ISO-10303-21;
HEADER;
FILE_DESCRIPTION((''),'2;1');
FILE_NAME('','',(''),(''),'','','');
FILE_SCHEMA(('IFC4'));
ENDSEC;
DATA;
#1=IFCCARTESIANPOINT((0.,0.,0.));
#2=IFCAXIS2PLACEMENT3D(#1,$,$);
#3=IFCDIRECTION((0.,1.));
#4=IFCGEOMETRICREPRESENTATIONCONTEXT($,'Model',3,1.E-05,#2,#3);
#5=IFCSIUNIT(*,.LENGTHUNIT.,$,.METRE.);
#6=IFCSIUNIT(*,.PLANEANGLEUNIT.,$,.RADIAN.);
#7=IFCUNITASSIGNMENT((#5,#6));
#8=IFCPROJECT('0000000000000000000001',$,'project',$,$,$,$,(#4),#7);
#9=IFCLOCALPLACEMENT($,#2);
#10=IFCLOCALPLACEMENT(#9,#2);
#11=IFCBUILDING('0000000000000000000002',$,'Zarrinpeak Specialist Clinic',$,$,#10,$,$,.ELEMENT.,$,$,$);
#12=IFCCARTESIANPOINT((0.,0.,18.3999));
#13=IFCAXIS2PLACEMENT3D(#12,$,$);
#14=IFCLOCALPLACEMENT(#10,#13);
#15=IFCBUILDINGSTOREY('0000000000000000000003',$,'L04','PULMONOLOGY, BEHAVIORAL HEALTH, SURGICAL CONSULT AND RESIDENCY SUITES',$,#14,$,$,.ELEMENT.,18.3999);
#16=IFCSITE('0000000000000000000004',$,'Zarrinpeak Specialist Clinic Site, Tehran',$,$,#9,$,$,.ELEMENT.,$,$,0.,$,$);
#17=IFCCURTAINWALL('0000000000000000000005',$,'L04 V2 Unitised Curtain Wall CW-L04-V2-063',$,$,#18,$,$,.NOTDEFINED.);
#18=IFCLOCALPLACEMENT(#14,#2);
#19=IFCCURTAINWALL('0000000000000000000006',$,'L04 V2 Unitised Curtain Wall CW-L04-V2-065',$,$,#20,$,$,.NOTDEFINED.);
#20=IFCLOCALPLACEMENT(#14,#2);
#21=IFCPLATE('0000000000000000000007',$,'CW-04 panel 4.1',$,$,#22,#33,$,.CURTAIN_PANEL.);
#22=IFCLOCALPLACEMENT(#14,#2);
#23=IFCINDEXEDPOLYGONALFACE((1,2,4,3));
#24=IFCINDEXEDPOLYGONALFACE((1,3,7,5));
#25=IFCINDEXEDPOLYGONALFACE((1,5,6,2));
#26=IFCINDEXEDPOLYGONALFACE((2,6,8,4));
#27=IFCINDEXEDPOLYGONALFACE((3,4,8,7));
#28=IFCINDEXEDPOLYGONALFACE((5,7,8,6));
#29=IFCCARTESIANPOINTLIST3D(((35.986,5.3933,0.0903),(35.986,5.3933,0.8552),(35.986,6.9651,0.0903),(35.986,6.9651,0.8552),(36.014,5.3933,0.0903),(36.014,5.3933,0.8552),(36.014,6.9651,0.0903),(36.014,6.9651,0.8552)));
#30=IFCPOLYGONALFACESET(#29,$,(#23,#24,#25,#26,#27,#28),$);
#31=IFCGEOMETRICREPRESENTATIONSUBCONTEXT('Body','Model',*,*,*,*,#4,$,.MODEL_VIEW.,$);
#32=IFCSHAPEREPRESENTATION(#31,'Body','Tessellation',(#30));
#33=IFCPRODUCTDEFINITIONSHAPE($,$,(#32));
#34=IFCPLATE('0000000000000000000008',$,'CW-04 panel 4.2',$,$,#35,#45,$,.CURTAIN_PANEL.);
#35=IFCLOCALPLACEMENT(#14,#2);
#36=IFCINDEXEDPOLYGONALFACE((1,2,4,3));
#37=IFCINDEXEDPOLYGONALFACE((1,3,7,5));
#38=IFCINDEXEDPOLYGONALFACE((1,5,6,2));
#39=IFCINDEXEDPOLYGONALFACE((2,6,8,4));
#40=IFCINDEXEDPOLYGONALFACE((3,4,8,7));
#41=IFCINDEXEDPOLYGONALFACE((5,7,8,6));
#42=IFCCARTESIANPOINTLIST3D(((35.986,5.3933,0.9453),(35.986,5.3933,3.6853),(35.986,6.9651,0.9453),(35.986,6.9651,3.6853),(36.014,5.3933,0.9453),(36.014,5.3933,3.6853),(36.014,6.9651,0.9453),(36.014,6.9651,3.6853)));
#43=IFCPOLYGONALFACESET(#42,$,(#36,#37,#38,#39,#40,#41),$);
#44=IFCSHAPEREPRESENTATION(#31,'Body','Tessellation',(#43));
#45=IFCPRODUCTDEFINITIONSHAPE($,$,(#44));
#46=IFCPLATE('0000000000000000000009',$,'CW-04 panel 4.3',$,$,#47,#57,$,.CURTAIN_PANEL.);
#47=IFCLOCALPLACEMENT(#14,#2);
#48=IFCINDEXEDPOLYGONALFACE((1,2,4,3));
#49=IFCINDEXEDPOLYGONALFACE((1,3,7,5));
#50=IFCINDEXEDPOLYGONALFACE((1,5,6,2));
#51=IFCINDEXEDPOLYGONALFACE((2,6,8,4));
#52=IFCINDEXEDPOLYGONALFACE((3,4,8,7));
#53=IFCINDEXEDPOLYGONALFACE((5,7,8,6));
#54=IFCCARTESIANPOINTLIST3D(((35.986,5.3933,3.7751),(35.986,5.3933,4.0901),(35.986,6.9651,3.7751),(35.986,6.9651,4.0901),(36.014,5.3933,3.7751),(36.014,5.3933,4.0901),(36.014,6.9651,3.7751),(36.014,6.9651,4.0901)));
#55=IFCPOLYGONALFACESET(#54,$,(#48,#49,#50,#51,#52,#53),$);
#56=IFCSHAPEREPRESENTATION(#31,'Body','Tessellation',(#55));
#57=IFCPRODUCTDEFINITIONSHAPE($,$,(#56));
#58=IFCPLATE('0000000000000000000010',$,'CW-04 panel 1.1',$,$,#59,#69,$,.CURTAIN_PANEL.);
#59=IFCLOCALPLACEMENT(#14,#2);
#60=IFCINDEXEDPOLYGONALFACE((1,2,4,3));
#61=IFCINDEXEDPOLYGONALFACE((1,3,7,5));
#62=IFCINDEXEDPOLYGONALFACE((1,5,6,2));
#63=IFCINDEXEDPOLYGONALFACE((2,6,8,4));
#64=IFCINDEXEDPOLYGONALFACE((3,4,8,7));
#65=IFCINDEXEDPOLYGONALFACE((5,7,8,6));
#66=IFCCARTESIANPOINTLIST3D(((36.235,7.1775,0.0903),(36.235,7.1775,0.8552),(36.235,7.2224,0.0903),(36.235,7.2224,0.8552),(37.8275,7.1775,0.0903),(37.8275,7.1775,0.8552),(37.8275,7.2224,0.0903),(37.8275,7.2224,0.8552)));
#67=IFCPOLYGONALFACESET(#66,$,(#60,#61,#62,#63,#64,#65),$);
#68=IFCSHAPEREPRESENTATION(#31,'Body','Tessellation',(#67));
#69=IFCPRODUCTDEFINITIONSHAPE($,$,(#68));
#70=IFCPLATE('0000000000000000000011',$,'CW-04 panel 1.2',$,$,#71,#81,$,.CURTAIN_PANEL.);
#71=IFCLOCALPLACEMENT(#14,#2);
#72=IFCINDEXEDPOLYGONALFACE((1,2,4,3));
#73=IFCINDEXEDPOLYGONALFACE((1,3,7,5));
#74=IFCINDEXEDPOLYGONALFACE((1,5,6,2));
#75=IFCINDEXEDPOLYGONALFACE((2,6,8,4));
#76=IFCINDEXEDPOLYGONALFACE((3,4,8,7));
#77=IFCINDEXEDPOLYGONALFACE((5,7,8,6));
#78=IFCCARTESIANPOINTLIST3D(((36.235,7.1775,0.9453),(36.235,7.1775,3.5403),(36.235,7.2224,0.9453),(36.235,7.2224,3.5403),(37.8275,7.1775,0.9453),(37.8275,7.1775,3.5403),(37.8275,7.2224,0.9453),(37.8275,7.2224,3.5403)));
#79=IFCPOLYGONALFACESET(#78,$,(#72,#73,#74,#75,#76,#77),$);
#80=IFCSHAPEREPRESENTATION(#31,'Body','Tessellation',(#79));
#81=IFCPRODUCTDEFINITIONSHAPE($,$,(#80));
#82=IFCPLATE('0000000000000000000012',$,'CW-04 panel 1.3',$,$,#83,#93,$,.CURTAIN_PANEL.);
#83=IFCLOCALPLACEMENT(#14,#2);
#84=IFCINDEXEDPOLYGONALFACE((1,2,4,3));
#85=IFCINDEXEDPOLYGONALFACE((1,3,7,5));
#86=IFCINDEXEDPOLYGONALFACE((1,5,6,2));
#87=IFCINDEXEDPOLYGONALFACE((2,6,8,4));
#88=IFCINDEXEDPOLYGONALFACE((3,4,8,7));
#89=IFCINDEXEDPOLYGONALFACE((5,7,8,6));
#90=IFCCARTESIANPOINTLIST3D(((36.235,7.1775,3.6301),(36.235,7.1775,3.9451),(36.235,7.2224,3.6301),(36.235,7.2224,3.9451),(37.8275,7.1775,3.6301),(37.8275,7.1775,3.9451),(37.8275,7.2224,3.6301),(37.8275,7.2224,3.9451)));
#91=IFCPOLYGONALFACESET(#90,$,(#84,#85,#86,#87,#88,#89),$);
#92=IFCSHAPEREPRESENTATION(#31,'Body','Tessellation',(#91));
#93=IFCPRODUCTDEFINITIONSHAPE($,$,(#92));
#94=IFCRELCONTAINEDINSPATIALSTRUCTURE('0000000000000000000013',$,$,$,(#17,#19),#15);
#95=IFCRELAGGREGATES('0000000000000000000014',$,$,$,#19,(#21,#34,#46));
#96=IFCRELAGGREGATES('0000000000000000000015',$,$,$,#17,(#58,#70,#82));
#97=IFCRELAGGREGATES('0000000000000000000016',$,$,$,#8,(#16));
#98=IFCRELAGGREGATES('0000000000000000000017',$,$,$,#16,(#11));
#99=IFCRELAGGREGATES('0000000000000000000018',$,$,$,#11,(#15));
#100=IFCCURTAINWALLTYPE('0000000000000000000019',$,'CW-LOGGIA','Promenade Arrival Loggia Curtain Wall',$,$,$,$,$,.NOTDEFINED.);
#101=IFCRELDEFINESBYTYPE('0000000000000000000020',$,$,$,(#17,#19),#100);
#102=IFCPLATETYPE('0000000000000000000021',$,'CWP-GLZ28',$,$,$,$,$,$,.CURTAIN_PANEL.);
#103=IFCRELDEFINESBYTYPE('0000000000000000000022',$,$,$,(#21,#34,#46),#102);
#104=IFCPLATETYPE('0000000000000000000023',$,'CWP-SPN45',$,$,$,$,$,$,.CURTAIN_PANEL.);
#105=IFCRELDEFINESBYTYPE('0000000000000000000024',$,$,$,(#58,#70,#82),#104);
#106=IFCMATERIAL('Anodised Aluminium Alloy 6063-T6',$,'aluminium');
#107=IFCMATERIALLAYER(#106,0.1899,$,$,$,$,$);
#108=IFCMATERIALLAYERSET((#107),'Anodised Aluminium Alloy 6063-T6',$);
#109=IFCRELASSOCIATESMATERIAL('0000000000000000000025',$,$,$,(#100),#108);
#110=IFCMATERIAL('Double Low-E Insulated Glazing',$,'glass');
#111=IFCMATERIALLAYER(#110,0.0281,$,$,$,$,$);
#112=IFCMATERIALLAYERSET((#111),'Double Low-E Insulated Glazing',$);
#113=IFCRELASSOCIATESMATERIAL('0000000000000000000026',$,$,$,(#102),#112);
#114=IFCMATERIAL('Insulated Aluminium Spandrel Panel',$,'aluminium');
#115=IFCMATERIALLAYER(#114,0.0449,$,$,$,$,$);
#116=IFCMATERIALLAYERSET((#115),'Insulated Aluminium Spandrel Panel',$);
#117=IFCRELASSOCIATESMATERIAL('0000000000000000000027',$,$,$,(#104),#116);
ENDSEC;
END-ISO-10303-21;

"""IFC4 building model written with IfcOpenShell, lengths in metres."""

from ifc_helpers import new_model, si_unit, direction, frame, origin, origin_2d, place, context, subcontext, project, spatial, rectangle, extrude, material, layer, layer_set, type_object, element, aggregate, save


model = new_model("IFC4")

# Units and contexts
model_context = context("Model", 3, precision=1e-05, world=origin(), true_north=direction((0.0, 1.0)))
body_context = subcontext(model_context, "Body", "Model", "MODEL_VIEW")
ifc_project = project(units=[si_unit("LENGTHUNIT", "METRE"), si_unit("PLANEANGLEUNIT", "RADIAN")], contexts=[model_context])

# Site, building, storey
site_placement = place(None, origin())
site = spatial("IfcSite", under=ifc_project, at=site_placement, Name="Zarrinpeak Specialist Clinic Site, Tehran", CompositionType="ELEMENT", RefElevation=0.0)
building_placement = place(site_placement, origin())
building = spatial("IfcBuilding", under=site, at=building_placement, Name="Zarrinpeak Specialist Clinic", CompositionType="ELEMENT")
storey_placement = place(building_placement, frame((0.0, 0.0, 18.3999)))
storey = spatial("IfcBuildingStorey", under=building, at=storey_placement, Name="L04", Description="PULMONOLOGY, BEHAVIORAL HEALTH, SURGICAL CONSULT AND RESIDENCY SUITES", CompositionType="ELEMENT", Elevation=18.3999)

# Curtain wall
ifc_material_1 = material(Name="Anodised Aluminium Alloy 6063-T6", Category="aluminium")
ifc_layer_1 = layer(ifc_material_1, 0.1899)
ifc_layer_set_1 = layer_set([ifc_layer_1], Name="Anodised Aluminium Alloy 6063-T6")
curtain_wall_type = type_object("IfcCurtainWallType", Name="CW-LOGGIA", Description="Promenade Arrival Loggia Curtain Wall", PredefinedType="NOTDEFINED", material=ifc_layer_set_1)
curtain_wall_1_placement = place(storey_placement, origin())
curtain_wall_1 = element("IfcCurtainWall", 1, at=curtain_wall_1_placement, inside=storey, type_object=curtain_wall_type, Name="L04 V2 Unitised Curtain Wall CW-L04-V2-063", PredefinedType="NOTDEFINED")

# Curtain wall
curtain_wall_2_placement = place(storey_placement, origin())
curtain_wall_2 = element("IfcCurtainWall", 2, at=curtain_wall_2_placement, inside=storey, type_object=curtain_wall_type, Name="L04 V2 Unitised Curtain Wall CW-L04-V2-065", PredefinedType="NOTDEFINED")

# Plates
ifc_material_2 = material(Name="Double Low-E Insulated Glazing", Category="glass")
ifc_layer_2 = layer(ifc_material_2, 0.0281)
ifc_layer_set_2 = layer_set([ifc_layer_2], Name="Double Low-E Insulated Glazing")
plate_type_1 = type_object("IfcPlateType", Name="CWP-GLZ28", PredefinedType="CURTAIN_PANEL", material=ifc_layer_set_2)
plate_1_placement = place(storey_placement, frame((36.0, 6.1792, 0.0903), z_axis=(0.0, 0.0, 1.0), x_axis=(0.0, 1.0, 0.0)))
plate_1 = element("IfcPlate", 3, at=plate_1_placement, type_object=plate_type_1, Name="CW-04 panel 4.1", PredefinedType="CURTAIN_PANEL", context=body_context, shape_type="SweptSolid", body=[
    extrude(rectangle(XDim=1.5718, YDim=0.0281, at=origin_2d()), origin(), (0.0, 0.0, 1.0), 0.7649),
])
plate_2_placement = place(storey_placement, frame((36.0, 6.1792, 0.9453), z_axis=(0.0, 0.0, 1.0), x_axis=(0.0, 1.0, 0.0)))
plate_2 = element("IfcPlate", 4, at=plate_2_placement, type_object=plate_type_1, Name="CW-04 panel 4.2", PredefinedType="CURTAIN_PANEL", context=body_context, shape_type="SweptSolid", body=[
    extrude(rectangle(XDim=1.5718, YDim=0.0281, at=origin_2d()), origin(), (0.0, 0.0, 1.0), 2.74),
])
plate_3_placement = place(storey_placement, frame((36.0, 6.1792, 3.7751), z_axis=(0.0, 0.0, 1.0), x_axis=(0.0, 1.0, 0.0)))
plate_3 = element("IfcPlate", 5, at=plate_3_placement, type_object=plate_type_1, Name="CW-04 panel 4.3", PredefinedType="CURTAIN_PANEL", context=body_context, shape_type="SweptSolid", body=[
    extrude(rectangle(XDim=1.5718, YDim=0.0281, at=origin_2d()), origin(), (0.0, 0.0, 1.0), 0.3149),
])
aggregate(curtain_wall_2, [plate_1, plate_2, plate_3])
ifc_material_3 = material(Name="Insulated Aluminium Spandrel Panel", Category="aluminium")
ifc_layer_3 = layer(ifc_material_3, 0.0449)
ifc_layer_set_3 = layer_set([ifc_layer_3], Name="Insulated Aluminium Spandrel Panel")
plate_type_2 = type_object("IfcPlateType", Name="CWP-SPN45", PredefinedType="CURTAIN_PANEL", material=ifc_layer_set_3)
plate_4_placement = place(storey_placement, frame((37.0312, 7.2, 0.0903), z_axis=(0.0, 0.0, 1.0), x_axis=(1.0, 0.0, 0.0)))
plate_4 = element("IfcPlate", 6, at=plate_4_placement, type_object=plate_type_2, Name="CW-04 panel 1.1", PredefinedType="CURTAIN_PANEL", context=body_context, shape_type="SweptSolid", body=[
    extrude(rectangle(XDim=1.5925, YDim=0.0449, at=origin_2d()), origin(), (0.0, 0.0, 1.0), 0.7649),
])
plate_5_placement = place(storey_placement, frame((37.0312, 7.2, 0.9453), z_axis=(0.0, 0.0, 1.0), x_axis=(1.0, 0.0, 0.0)))
plate_5 = element("IfcPlate", 7, at=plate_5_placement, type_object=plate_type_2, Name="CW-04 panel 1.2", PredefinedType="CURTAIN_PANEL", context=body_context, shape_type="SweptSolid", body=[
    extrude(rectangle(XDim=1.5925, YDim=0.0449, at=origin_2d()), origin(), (0.0, 0.0, 1.0), 2.595),
])
plate_6_placement = place(storey_placement, frame((37.0312, 7.2, 3.6301), z_axis=(0.0, 0.0, 1.0), x_axis=(1.0, 0.0, 0.0)))
plate_6 = element("IfcPlate", 8, at=plate_6_placement, type_object=plate_type_2, Name="CW-04 panel 1.3", PredefinedType="CURTAIN_PANEL", context=body_context, shape_type="SweptSolid", body=[
    extrude(rectangle(XDim=1.5925, YDim=0.0449, at=origin_2d()), origin(), (0.0, 0.0, 1.0), 0.3149),
])
aggregate(curtain_wall_1, [plate_4, plate_5, plate_6])

save(model, "model.ifc")
